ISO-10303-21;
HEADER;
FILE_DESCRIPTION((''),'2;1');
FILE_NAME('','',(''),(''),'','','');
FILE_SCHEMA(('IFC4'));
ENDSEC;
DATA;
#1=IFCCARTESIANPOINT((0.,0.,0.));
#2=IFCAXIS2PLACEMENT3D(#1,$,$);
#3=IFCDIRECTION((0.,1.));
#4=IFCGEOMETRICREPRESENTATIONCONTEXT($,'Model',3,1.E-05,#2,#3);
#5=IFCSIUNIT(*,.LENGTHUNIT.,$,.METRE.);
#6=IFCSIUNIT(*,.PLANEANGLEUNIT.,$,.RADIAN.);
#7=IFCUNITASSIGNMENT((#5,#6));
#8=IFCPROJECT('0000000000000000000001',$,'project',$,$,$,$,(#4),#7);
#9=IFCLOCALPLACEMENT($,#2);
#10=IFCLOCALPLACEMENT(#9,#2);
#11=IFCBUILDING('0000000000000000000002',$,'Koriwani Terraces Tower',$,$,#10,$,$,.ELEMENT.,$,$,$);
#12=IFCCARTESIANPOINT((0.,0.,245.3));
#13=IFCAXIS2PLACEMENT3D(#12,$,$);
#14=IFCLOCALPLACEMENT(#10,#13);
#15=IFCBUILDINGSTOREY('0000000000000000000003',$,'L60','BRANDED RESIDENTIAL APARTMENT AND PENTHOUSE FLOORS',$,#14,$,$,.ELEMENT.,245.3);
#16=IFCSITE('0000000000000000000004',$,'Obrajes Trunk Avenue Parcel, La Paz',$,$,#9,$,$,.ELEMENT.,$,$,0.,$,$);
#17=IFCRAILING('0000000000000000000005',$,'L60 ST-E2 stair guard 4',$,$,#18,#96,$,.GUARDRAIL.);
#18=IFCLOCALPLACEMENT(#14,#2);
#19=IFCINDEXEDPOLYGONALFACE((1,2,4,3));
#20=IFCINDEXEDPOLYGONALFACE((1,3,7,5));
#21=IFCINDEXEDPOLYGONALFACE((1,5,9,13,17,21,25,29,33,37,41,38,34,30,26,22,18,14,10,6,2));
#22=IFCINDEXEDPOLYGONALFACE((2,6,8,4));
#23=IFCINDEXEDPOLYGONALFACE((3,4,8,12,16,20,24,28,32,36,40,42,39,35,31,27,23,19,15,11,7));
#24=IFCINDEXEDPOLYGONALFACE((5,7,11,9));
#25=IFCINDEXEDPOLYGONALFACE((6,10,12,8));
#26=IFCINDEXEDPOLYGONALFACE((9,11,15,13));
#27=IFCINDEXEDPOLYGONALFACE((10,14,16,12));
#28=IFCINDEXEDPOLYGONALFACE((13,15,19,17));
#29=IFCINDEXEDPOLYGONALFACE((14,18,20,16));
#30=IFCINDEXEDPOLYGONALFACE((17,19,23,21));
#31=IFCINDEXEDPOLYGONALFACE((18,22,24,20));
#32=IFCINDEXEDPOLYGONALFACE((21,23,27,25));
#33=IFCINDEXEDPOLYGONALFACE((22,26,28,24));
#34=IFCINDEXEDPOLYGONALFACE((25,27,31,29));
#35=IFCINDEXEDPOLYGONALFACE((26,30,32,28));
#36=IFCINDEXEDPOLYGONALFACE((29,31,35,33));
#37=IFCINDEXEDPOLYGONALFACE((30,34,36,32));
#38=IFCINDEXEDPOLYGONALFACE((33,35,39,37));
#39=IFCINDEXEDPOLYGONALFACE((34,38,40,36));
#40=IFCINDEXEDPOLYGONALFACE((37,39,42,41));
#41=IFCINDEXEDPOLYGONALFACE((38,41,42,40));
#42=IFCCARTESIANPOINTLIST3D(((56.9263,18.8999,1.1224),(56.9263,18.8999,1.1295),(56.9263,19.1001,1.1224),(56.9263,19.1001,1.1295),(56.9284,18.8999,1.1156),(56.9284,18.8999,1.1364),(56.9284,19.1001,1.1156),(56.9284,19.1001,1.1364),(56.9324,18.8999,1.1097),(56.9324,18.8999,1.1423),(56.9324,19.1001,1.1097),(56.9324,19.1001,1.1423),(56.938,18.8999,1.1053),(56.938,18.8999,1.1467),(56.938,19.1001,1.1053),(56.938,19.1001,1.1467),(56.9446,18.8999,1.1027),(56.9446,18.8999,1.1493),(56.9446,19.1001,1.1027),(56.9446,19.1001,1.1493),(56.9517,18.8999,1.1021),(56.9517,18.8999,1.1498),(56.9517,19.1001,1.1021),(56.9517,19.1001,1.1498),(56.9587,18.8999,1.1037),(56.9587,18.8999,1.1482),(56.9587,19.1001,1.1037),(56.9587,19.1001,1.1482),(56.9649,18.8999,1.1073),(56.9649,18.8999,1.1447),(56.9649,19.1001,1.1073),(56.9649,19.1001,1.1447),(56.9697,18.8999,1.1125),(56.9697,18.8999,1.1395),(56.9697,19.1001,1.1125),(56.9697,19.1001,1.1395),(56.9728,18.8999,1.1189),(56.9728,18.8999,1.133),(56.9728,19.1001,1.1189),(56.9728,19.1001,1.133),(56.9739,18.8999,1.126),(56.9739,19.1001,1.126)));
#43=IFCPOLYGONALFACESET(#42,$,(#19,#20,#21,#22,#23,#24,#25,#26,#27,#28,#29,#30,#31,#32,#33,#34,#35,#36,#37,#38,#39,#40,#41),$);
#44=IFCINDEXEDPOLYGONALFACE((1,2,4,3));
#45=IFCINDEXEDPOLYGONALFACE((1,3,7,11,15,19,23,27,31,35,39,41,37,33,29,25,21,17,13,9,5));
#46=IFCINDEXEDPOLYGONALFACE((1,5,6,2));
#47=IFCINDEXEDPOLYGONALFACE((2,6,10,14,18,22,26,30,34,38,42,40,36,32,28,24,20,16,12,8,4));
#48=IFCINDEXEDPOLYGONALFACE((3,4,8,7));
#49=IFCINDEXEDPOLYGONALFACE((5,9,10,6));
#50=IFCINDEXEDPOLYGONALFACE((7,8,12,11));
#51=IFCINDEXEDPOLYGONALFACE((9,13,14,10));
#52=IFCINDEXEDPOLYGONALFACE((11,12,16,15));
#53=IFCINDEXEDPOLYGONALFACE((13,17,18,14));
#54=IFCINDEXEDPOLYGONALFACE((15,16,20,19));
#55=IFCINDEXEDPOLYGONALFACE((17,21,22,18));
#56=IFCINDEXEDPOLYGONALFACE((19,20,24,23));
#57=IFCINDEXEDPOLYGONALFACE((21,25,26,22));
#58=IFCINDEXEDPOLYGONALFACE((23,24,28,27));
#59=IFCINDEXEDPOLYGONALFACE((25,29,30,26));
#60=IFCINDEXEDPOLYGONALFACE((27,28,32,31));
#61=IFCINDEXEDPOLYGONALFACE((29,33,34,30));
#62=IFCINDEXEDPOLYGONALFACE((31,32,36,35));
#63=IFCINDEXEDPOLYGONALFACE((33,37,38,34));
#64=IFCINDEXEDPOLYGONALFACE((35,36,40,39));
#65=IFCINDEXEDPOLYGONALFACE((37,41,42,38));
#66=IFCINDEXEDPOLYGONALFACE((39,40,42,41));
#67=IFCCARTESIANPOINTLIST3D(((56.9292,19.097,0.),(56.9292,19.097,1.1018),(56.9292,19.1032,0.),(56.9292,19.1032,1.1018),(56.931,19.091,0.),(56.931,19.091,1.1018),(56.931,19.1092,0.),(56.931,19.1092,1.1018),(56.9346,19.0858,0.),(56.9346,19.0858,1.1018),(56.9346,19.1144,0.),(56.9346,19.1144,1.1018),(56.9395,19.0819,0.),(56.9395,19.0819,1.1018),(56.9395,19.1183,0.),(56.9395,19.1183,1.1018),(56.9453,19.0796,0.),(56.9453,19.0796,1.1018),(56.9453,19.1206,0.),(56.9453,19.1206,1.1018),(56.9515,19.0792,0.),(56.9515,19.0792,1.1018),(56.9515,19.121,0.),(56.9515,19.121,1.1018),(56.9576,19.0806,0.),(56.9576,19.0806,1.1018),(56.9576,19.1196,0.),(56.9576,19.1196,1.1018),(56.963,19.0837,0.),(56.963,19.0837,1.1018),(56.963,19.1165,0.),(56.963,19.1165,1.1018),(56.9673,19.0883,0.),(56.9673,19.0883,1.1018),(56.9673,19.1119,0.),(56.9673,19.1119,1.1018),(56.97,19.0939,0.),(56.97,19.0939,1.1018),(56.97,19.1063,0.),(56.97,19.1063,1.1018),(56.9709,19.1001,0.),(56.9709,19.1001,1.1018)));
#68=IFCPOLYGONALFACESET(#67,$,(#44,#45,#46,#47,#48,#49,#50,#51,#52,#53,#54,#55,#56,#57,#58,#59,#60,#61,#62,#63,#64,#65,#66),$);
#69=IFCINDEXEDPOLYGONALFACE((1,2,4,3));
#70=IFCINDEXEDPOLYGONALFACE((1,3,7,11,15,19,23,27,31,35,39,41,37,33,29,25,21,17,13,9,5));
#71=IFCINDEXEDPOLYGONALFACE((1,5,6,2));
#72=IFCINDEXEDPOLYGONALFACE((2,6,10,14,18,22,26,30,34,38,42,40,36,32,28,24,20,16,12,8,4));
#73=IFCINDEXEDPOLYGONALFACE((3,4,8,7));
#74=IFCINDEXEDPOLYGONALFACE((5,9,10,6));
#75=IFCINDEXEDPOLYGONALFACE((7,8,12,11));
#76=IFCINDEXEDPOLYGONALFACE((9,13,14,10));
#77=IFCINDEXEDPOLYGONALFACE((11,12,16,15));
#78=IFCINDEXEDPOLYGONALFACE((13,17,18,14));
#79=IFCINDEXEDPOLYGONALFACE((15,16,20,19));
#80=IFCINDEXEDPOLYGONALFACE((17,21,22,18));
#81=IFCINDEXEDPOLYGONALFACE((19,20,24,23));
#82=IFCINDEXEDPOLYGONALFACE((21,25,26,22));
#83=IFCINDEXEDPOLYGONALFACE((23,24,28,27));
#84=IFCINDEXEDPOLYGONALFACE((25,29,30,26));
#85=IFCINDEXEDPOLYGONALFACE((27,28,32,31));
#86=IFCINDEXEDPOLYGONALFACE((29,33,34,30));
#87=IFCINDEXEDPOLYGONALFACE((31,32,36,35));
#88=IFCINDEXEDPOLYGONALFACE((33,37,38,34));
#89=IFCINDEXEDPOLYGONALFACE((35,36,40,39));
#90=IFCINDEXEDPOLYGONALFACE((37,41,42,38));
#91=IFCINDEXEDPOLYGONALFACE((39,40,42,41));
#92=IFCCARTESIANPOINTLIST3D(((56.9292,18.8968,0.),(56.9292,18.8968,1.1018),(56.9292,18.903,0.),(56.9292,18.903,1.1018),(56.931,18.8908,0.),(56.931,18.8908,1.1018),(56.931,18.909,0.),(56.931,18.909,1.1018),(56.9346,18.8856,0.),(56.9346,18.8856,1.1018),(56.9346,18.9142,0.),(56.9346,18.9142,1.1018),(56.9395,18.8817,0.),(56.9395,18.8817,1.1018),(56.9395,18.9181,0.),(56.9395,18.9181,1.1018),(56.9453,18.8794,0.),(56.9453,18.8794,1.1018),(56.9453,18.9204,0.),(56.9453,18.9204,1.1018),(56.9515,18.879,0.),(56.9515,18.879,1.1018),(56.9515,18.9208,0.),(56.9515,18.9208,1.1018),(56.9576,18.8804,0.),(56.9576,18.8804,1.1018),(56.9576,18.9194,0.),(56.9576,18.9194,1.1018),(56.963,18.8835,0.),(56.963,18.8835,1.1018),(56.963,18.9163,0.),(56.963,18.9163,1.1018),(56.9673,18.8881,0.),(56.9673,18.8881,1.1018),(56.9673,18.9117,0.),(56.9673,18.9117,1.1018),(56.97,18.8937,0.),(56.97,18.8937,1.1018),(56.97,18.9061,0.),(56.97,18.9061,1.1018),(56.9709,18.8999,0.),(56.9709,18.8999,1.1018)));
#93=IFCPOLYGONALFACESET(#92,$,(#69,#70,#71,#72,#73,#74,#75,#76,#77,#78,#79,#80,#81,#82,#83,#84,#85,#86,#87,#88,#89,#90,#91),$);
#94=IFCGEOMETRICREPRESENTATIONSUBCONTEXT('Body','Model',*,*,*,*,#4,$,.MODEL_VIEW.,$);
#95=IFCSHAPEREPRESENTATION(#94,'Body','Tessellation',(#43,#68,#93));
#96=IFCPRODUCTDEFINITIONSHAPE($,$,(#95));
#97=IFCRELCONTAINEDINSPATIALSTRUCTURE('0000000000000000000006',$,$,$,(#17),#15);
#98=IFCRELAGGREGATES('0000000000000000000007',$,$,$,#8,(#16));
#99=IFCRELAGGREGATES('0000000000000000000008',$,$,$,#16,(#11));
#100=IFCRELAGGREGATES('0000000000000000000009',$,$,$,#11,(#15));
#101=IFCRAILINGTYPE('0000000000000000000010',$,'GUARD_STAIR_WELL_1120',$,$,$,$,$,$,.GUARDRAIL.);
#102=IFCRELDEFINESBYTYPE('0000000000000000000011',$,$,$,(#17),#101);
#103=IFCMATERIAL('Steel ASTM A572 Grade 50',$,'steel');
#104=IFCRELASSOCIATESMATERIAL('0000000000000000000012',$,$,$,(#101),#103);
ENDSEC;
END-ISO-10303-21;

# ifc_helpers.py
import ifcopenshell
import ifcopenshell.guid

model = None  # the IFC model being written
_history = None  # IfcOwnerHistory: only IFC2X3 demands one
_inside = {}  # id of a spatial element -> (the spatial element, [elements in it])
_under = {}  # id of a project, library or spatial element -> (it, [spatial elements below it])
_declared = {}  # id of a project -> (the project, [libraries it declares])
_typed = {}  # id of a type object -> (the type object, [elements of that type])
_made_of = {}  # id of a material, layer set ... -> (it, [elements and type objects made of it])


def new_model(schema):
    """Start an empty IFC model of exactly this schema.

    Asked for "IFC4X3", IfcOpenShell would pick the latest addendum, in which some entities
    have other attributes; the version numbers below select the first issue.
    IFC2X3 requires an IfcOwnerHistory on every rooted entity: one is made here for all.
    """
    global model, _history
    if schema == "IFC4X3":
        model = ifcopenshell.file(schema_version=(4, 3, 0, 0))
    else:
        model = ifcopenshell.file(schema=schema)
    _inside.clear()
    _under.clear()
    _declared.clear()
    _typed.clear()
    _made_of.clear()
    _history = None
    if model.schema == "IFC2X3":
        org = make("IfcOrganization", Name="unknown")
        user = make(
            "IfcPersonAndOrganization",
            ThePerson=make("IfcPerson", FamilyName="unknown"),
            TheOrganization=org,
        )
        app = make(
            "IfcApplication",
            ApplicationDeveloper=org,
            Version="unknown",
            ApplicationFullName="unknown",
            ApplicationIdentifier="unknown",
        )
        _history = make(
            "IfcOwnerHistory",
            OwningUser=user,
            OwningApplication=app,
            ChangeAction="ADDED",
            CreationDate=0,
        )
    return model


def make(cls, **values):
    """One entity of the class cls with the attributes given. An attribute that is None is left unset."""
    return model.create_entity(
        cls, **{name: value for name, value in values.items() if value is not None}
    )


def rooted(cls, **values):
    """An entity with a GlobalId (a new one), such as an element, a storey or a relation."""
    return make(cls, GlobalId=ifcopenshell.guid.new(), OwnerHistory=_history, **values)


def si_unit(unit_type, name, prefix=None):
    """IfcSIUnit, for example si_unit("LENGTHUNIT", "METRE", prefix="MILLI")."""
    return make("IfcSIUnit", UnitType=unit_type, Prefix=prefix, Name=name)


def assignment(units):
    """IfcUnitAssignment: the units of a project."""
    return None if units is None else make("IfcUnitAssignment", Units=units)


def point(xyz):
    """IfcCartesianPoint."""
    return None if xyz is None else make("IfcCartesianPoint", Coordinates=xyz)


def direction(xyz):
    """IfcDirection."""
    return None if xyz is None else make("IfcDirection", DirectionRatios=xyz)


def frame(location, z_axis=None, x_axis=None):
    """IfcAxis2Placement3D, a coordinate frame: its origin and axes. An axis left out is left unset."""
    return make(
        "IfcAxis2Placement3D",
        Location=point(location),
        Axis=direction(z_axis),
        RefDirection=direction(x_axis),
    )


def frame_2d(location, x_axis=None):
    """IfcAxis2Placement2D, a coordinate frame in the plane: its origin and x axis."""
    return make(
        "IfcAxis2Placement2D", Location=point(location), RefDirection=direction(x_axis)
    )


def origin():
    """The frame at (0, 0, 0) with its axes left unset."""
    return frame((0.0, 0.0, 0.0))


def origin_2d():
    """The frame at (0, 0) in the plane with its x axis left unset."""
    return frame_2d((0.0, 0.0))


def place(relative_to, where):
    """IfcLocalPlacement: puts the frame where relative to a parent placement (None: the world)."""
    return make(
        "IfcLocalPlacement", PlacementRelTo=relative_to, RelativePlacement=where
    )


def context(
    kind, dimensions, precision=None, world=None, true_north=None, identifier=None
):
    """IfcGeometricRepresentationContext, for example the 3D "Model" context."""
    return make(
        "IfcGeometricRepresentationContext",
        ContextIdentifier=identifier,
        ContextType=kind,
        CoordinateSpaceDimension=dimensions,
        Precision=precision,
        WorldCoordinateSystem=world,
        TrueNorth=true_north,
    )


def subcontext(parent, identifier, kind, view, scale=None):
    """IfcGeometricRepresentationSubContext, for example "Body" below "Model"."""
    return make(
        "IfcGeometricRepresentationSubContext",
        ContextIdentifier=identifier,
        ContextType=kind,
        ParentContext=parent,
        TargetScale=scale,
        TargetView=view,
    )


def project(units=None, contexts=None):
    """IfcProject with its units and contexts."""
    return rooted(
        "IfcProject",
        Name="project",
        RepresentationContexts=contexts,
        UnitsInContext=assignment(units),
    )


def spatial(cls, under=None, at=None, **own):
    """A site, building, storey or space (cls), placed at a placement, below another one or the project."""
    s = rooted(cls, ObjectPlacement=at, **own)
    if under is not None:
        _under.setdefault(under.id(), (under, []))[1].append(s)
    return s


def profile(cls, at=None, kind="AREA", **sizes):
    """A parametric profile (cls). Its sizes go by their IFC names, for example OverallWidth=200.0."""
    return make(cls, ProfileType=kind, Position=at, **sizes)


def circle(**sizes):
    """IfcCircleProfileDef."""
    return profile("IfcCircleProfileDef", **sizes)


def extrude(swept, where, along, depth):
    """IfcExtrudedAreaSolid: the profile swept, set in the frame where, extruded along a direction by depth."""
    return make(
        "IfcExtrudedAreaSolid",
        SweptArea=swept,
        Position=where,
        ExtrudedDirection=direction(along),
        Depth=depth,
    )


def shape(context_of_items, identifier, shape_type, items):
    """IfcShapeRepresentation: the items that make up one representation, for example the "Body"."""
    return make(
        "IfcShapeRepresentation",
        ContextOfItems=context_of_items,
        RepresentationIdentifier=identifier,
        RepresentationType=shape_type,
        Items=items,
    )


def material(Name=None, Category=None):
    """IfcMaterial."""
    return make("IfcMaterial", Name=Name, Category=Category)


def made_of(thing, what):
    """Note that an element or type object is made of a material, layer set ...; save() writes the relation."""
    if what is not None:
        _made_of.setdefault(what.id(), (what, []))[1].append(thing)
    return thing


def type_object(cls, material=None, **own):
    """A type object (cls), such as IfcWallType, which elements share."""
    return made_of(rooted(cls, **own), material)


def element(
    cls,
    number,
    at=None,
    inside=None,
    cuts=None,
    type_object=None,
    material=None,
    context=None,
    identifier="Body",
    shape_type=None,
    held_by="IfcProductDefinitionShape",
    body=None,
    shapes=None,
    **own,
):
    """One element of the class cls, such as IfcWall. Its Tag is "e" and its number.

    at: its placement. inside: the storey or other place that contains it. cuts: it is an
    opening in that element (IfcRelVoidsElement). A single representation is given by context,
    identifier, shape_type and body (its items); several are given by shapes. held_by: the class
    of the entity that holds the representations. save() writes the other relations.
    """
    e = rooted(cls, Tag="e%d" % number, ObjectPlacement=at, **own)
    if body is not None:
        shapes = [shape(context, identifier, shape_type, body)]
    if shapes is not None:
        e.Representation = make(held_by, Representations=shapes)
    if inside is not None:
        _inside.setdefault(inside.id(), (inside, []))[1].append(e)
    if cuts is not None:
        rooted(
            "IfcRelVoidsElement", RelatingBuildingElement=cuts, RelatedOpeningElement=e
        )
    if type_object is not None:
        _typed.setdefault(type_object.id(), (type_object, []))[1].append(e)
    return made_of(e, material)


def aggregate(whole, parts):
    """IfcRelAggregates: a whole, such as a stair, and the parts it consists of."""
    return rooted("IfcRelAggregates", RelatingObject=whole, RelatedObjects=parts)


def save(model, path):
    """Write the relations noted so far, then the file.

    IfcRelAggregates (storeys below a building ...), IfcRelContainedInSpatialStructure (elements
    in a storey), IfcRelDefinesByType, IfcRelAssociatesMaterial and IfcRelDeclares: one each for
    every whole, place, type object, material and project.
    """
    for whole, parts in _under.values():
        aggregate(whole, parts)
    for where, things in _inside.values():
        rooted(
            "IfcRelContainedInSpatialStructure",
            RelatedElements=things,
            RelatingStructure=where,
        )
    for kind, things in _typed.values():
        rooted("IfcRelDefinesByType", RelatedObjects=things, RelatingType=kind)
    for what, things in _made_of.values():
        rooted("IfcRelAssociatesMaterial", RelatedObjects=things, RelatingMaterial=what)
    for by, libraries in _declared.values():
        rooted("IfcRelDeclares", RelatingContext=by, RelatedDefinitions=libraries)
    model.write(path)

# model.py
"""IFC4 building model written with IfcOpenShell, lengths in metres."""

from ifc_helpers import new_model, si_unit, direction, frame, origin, origin_2d, place, context, subcontext, project, spatial, circle, extrude, material, type_object, element, save


model = new_model("IFC4")

# Units and contexts
model_context = context("Model", 3, precision=1e-05, world=origin(), true_north=direction((0.0, 1.0)))
body_context = subcontext(model_context, "Body", "Model", "MODEL_VIEW")
ifc_project = project(units=[si_unit("LENGTHUNIT", "METRE"), si_unit("PLANEANGLEUNIT", "RADIAN")], contexts=[model_context])

# Site, building, storey
site_placement = place(None, origin())
site = spatial("IfcSite", under=ifc_project, at=site_placement, Name="Obrajes Trunk Avenue Parcel, La Paz", CompositionType="ELEMENT", RefElevation=0.0)
building_placement = place(site_placement, origin())
building = spatial("IfcBuilding", under=site, at=building_placement, Name="Koriwani Terraces Tower", CompositionType="ELEMENT")
storey_placement = place(building_placement, frame((0.0, 0.0, 245.3)))
storey = spatial("IfcBuildingStorey", under=building, at=storey_placement, Name="L60", Description="BRANDED RESIDENTIAL APARTMENT AND PENTHOUSE FLOORS", CompositionType="ELEMENT", Elevation=245.3)

# Shared definitions
ifc_material_1 = material(Name="Steel ASTM A572 Grade 50", Category="steel")

# Railing
railing_type_1 = type_object("IfcRailingType", Name="GUARD_STAIR_WELL_1120", PredefinedType="GUARDRAIL", material=ifc_material_1)
railing_1_placement = place(storey_placement, frame((56.95, 19.1001, 0.0)))
element("IfcRailing", 1, at=railing_1_placement, inside=storey, type_object=railing_type_1, Name="L60 ST-E2 stair guard 4", PredefinedType="GUARDRAIL", context=body_context, shape_type="SweptSolid", body=[
    extrude(circle(Radius=0.0239, at=origin_2d()), frame((0.0, 0.0, 1.126), z_axis=(0.0, -1.0, 0.0), x_axis=(1.0, 0.0, 0.0)), (0.0, 0.0, 1.0), 0.2002),
    extrude(circle(Radius=0.021, at=origin_2d()), origin(), (0.0, 0.0, 1.0), 1.1018),
    extrude(circle(Radius=0.021, at=origin_2d()), frame((0.0, -0.2002, 0.0)), (0.0, 0.0, 1.0), 1.1018),
])

save(model, "model.ifc")
